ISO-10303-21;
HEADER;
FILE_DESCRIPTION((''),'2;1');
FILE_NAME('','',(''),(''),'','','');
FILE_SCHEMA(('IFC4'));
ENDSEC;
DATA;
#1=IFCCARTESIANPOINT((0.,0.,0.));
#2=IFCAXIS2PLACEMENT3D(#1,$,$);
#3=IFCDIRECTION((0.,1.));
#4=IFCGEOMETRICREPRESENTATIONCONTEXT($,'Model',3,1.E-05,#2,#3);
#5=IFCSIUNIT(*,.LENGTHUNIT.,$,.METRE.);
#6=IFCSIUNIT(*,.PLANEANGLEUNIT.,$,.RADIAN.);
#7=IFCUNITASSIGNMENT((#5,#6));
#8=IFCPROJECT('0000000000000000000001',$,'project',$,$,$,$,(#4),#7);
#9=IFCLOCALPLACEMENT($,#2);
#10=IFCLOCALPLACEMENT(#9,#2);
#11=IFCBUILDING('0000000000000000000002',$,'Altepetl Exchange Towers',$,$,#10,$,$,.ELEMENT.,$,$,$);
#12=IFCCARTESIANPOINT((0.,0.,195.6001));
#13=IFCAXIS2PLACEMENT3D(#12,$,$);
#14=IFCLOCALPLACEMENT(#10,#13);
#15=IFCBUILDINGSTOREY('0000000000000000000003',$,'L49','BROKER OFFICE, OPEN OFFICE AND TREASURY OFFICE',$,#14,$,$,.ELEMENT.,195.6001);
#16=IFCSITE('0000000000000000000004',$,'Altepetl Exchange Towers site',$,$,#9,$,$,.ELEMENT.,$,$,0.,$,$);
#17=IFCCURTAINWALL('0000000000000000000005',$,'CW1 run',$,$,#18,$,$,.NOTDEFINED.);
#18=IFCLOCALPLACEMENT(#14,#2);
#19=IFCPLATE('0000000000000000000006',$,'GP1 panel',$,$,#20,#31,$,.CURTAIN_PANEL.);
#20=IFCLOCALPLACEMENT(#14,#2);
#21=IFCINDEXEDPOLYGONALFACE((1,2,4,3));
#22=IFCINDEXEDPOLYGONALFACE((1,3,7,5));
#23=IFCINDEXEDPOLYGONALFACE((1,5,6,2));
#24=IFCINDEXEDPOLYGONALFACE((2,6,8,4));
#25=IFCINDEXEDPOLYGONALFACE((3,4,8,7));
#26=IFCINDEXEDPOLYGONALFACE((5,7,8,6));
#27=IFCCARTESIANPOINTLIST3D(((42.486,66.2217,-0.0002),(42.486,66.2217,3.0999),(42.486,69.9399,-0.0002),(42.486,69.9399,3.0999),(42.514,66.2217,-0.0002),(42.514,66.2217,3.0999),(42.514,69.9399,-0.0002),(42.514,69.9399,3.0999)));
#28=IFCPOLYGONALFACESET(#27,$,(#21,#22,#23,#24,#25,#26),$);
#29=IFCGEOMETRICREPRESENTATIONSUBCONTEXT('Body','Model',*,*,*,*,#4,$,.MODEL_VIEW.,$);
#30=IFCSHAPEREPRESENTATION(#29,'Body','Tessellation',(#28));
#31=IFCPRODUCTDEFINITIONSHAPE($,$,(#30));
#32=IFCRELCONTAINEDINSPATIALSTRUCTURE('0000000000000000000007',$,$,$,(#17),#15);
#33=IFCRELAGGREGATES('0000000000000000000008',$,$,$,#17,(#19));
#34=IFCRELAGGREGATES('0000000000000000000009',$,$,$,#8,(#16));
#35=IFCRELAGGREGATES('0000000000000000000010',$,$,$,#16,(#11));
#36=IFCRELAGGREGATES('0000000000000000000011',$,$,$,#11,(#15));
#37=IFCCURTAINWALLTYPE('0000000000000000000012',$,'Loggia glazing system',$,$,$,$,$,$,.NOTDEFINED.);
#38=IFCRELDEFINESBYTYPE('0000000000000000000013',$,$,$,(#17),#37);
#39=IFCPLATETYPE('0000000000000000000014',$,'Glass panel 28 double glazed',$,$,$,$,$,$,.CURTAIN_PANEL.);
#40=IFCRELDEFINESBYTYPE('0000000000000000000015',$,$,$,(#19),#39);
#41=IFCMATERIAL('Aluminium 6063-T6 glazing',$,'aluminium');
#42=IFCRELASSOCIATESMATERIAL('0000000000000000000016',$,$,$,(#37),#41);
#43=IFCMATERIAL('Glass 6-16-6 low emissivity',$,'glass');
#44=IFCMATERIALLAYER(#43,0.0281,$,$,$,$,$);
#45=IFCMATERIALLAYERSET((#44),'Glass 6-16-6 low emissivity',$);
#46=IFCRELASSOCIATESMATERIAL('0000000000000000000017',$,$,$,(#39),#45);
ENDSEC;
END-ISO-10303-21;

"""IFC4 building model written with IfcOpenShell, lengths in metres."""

from ifc_helpers import new_model, si_unit, direction, frame, origin, origin_2d, place, context, subcontext, project, spatial, rectangle, extrude, material, layer, layer_set, type_object, element, aggregate, save


model = new_model("IFC4")

# Units and contexts
model_context = context("Model", 3, precision=1e-05, world=origin(), true_north=direction((0.0, 1.0)))
body_context = subcontext(model_context, "Body", "Model", "MODEL_VIEW")
ifc_project = project(units=[si_unit("LENGTHUNIT", "METRE"), si_unit("PLANEANGLEUNIT", "RADIAN")], contexts=[model_context])

# Site, building, storey
site_placement = place(None, origin())
site = spatial("IfcSite", under=ifc_project, at=site_placement, Name="Altepetl Exchange Towers site", CompositionType="ELEMENT", RefElevation=0.0)
building_placement = place(site_placement, origin())
building = spatial("IfcBuilding", under=site, at=building_placement, Name="Altepetl Exchange Towers", CompositionType="ELEMENT")
storey_placement = place(building_placement, frame((0.0, 0.0, 195.6001)))
storey = spatial("IfcBuildingStorey", under=building, at=storey_placement, Name="L49", Description="BROKER OFFICE, OPEN OFFICE AND TREASURY OFFICE", CompositionType="ELEMENT", Elevation=195.6001)

# Curtain wall
ifc_material_1 = material(Name="Aluminium 6063-T6 glazing", Category="aluminium")
curtain_wall_type = type_object("IfcCurtainWallType", Name="Loggia glazing system", PredefinedType="NOTDEFINED", material=ifc_material_1)
curtain_wall_1_placement = place(storey_placement, origin())
curtain_wall_1 = element("IfcCurtainWall", 1, at=curtain_wall_1_placement, inside=storey, type_object=curtain_wall_type, Name="CW1 run", PredefinedType="NOTDEFINED")

# Plate
ifc_material_2 = material(Name="Glass 6-16-6 low emissivity", Category="glass")
ifc_layer = layer(ifc_material_2, 0.0281)
ifc_layer_set = layer_set([ifc_layer], Name="Glass 6-16-6 low emissivity")
plate_type = type_object("IfcPlateType", Name="Glass panel 28 double glazed", PredefinedType="CURTAIN_PANEL", material=ifc_layer_set)
plate_1_placement = place(storey_placement, frame((42.5, 68.0808, -0.0002), z_axis=(0.0, 0.0, 1.0), x_axis=(0.0, -1.0, 0.0)))
plate_1 = element("IfcPlate", 2, at=plate_1_placement, type_object=plate_type, Name="GP1 panel", PredefinedType="CURTAIN_PANEL", context=body_context, shape_type="SweptSolid", body=[
    extrude(rectangle(XDim=3.7183, YDim=0.0281, at=origin_2d()), origin(), (0.0, 0.0, 1.0), 3.1001),
])
aggregate(curtain_wall_1, [plate_1])

save(model, "model.ifc")
